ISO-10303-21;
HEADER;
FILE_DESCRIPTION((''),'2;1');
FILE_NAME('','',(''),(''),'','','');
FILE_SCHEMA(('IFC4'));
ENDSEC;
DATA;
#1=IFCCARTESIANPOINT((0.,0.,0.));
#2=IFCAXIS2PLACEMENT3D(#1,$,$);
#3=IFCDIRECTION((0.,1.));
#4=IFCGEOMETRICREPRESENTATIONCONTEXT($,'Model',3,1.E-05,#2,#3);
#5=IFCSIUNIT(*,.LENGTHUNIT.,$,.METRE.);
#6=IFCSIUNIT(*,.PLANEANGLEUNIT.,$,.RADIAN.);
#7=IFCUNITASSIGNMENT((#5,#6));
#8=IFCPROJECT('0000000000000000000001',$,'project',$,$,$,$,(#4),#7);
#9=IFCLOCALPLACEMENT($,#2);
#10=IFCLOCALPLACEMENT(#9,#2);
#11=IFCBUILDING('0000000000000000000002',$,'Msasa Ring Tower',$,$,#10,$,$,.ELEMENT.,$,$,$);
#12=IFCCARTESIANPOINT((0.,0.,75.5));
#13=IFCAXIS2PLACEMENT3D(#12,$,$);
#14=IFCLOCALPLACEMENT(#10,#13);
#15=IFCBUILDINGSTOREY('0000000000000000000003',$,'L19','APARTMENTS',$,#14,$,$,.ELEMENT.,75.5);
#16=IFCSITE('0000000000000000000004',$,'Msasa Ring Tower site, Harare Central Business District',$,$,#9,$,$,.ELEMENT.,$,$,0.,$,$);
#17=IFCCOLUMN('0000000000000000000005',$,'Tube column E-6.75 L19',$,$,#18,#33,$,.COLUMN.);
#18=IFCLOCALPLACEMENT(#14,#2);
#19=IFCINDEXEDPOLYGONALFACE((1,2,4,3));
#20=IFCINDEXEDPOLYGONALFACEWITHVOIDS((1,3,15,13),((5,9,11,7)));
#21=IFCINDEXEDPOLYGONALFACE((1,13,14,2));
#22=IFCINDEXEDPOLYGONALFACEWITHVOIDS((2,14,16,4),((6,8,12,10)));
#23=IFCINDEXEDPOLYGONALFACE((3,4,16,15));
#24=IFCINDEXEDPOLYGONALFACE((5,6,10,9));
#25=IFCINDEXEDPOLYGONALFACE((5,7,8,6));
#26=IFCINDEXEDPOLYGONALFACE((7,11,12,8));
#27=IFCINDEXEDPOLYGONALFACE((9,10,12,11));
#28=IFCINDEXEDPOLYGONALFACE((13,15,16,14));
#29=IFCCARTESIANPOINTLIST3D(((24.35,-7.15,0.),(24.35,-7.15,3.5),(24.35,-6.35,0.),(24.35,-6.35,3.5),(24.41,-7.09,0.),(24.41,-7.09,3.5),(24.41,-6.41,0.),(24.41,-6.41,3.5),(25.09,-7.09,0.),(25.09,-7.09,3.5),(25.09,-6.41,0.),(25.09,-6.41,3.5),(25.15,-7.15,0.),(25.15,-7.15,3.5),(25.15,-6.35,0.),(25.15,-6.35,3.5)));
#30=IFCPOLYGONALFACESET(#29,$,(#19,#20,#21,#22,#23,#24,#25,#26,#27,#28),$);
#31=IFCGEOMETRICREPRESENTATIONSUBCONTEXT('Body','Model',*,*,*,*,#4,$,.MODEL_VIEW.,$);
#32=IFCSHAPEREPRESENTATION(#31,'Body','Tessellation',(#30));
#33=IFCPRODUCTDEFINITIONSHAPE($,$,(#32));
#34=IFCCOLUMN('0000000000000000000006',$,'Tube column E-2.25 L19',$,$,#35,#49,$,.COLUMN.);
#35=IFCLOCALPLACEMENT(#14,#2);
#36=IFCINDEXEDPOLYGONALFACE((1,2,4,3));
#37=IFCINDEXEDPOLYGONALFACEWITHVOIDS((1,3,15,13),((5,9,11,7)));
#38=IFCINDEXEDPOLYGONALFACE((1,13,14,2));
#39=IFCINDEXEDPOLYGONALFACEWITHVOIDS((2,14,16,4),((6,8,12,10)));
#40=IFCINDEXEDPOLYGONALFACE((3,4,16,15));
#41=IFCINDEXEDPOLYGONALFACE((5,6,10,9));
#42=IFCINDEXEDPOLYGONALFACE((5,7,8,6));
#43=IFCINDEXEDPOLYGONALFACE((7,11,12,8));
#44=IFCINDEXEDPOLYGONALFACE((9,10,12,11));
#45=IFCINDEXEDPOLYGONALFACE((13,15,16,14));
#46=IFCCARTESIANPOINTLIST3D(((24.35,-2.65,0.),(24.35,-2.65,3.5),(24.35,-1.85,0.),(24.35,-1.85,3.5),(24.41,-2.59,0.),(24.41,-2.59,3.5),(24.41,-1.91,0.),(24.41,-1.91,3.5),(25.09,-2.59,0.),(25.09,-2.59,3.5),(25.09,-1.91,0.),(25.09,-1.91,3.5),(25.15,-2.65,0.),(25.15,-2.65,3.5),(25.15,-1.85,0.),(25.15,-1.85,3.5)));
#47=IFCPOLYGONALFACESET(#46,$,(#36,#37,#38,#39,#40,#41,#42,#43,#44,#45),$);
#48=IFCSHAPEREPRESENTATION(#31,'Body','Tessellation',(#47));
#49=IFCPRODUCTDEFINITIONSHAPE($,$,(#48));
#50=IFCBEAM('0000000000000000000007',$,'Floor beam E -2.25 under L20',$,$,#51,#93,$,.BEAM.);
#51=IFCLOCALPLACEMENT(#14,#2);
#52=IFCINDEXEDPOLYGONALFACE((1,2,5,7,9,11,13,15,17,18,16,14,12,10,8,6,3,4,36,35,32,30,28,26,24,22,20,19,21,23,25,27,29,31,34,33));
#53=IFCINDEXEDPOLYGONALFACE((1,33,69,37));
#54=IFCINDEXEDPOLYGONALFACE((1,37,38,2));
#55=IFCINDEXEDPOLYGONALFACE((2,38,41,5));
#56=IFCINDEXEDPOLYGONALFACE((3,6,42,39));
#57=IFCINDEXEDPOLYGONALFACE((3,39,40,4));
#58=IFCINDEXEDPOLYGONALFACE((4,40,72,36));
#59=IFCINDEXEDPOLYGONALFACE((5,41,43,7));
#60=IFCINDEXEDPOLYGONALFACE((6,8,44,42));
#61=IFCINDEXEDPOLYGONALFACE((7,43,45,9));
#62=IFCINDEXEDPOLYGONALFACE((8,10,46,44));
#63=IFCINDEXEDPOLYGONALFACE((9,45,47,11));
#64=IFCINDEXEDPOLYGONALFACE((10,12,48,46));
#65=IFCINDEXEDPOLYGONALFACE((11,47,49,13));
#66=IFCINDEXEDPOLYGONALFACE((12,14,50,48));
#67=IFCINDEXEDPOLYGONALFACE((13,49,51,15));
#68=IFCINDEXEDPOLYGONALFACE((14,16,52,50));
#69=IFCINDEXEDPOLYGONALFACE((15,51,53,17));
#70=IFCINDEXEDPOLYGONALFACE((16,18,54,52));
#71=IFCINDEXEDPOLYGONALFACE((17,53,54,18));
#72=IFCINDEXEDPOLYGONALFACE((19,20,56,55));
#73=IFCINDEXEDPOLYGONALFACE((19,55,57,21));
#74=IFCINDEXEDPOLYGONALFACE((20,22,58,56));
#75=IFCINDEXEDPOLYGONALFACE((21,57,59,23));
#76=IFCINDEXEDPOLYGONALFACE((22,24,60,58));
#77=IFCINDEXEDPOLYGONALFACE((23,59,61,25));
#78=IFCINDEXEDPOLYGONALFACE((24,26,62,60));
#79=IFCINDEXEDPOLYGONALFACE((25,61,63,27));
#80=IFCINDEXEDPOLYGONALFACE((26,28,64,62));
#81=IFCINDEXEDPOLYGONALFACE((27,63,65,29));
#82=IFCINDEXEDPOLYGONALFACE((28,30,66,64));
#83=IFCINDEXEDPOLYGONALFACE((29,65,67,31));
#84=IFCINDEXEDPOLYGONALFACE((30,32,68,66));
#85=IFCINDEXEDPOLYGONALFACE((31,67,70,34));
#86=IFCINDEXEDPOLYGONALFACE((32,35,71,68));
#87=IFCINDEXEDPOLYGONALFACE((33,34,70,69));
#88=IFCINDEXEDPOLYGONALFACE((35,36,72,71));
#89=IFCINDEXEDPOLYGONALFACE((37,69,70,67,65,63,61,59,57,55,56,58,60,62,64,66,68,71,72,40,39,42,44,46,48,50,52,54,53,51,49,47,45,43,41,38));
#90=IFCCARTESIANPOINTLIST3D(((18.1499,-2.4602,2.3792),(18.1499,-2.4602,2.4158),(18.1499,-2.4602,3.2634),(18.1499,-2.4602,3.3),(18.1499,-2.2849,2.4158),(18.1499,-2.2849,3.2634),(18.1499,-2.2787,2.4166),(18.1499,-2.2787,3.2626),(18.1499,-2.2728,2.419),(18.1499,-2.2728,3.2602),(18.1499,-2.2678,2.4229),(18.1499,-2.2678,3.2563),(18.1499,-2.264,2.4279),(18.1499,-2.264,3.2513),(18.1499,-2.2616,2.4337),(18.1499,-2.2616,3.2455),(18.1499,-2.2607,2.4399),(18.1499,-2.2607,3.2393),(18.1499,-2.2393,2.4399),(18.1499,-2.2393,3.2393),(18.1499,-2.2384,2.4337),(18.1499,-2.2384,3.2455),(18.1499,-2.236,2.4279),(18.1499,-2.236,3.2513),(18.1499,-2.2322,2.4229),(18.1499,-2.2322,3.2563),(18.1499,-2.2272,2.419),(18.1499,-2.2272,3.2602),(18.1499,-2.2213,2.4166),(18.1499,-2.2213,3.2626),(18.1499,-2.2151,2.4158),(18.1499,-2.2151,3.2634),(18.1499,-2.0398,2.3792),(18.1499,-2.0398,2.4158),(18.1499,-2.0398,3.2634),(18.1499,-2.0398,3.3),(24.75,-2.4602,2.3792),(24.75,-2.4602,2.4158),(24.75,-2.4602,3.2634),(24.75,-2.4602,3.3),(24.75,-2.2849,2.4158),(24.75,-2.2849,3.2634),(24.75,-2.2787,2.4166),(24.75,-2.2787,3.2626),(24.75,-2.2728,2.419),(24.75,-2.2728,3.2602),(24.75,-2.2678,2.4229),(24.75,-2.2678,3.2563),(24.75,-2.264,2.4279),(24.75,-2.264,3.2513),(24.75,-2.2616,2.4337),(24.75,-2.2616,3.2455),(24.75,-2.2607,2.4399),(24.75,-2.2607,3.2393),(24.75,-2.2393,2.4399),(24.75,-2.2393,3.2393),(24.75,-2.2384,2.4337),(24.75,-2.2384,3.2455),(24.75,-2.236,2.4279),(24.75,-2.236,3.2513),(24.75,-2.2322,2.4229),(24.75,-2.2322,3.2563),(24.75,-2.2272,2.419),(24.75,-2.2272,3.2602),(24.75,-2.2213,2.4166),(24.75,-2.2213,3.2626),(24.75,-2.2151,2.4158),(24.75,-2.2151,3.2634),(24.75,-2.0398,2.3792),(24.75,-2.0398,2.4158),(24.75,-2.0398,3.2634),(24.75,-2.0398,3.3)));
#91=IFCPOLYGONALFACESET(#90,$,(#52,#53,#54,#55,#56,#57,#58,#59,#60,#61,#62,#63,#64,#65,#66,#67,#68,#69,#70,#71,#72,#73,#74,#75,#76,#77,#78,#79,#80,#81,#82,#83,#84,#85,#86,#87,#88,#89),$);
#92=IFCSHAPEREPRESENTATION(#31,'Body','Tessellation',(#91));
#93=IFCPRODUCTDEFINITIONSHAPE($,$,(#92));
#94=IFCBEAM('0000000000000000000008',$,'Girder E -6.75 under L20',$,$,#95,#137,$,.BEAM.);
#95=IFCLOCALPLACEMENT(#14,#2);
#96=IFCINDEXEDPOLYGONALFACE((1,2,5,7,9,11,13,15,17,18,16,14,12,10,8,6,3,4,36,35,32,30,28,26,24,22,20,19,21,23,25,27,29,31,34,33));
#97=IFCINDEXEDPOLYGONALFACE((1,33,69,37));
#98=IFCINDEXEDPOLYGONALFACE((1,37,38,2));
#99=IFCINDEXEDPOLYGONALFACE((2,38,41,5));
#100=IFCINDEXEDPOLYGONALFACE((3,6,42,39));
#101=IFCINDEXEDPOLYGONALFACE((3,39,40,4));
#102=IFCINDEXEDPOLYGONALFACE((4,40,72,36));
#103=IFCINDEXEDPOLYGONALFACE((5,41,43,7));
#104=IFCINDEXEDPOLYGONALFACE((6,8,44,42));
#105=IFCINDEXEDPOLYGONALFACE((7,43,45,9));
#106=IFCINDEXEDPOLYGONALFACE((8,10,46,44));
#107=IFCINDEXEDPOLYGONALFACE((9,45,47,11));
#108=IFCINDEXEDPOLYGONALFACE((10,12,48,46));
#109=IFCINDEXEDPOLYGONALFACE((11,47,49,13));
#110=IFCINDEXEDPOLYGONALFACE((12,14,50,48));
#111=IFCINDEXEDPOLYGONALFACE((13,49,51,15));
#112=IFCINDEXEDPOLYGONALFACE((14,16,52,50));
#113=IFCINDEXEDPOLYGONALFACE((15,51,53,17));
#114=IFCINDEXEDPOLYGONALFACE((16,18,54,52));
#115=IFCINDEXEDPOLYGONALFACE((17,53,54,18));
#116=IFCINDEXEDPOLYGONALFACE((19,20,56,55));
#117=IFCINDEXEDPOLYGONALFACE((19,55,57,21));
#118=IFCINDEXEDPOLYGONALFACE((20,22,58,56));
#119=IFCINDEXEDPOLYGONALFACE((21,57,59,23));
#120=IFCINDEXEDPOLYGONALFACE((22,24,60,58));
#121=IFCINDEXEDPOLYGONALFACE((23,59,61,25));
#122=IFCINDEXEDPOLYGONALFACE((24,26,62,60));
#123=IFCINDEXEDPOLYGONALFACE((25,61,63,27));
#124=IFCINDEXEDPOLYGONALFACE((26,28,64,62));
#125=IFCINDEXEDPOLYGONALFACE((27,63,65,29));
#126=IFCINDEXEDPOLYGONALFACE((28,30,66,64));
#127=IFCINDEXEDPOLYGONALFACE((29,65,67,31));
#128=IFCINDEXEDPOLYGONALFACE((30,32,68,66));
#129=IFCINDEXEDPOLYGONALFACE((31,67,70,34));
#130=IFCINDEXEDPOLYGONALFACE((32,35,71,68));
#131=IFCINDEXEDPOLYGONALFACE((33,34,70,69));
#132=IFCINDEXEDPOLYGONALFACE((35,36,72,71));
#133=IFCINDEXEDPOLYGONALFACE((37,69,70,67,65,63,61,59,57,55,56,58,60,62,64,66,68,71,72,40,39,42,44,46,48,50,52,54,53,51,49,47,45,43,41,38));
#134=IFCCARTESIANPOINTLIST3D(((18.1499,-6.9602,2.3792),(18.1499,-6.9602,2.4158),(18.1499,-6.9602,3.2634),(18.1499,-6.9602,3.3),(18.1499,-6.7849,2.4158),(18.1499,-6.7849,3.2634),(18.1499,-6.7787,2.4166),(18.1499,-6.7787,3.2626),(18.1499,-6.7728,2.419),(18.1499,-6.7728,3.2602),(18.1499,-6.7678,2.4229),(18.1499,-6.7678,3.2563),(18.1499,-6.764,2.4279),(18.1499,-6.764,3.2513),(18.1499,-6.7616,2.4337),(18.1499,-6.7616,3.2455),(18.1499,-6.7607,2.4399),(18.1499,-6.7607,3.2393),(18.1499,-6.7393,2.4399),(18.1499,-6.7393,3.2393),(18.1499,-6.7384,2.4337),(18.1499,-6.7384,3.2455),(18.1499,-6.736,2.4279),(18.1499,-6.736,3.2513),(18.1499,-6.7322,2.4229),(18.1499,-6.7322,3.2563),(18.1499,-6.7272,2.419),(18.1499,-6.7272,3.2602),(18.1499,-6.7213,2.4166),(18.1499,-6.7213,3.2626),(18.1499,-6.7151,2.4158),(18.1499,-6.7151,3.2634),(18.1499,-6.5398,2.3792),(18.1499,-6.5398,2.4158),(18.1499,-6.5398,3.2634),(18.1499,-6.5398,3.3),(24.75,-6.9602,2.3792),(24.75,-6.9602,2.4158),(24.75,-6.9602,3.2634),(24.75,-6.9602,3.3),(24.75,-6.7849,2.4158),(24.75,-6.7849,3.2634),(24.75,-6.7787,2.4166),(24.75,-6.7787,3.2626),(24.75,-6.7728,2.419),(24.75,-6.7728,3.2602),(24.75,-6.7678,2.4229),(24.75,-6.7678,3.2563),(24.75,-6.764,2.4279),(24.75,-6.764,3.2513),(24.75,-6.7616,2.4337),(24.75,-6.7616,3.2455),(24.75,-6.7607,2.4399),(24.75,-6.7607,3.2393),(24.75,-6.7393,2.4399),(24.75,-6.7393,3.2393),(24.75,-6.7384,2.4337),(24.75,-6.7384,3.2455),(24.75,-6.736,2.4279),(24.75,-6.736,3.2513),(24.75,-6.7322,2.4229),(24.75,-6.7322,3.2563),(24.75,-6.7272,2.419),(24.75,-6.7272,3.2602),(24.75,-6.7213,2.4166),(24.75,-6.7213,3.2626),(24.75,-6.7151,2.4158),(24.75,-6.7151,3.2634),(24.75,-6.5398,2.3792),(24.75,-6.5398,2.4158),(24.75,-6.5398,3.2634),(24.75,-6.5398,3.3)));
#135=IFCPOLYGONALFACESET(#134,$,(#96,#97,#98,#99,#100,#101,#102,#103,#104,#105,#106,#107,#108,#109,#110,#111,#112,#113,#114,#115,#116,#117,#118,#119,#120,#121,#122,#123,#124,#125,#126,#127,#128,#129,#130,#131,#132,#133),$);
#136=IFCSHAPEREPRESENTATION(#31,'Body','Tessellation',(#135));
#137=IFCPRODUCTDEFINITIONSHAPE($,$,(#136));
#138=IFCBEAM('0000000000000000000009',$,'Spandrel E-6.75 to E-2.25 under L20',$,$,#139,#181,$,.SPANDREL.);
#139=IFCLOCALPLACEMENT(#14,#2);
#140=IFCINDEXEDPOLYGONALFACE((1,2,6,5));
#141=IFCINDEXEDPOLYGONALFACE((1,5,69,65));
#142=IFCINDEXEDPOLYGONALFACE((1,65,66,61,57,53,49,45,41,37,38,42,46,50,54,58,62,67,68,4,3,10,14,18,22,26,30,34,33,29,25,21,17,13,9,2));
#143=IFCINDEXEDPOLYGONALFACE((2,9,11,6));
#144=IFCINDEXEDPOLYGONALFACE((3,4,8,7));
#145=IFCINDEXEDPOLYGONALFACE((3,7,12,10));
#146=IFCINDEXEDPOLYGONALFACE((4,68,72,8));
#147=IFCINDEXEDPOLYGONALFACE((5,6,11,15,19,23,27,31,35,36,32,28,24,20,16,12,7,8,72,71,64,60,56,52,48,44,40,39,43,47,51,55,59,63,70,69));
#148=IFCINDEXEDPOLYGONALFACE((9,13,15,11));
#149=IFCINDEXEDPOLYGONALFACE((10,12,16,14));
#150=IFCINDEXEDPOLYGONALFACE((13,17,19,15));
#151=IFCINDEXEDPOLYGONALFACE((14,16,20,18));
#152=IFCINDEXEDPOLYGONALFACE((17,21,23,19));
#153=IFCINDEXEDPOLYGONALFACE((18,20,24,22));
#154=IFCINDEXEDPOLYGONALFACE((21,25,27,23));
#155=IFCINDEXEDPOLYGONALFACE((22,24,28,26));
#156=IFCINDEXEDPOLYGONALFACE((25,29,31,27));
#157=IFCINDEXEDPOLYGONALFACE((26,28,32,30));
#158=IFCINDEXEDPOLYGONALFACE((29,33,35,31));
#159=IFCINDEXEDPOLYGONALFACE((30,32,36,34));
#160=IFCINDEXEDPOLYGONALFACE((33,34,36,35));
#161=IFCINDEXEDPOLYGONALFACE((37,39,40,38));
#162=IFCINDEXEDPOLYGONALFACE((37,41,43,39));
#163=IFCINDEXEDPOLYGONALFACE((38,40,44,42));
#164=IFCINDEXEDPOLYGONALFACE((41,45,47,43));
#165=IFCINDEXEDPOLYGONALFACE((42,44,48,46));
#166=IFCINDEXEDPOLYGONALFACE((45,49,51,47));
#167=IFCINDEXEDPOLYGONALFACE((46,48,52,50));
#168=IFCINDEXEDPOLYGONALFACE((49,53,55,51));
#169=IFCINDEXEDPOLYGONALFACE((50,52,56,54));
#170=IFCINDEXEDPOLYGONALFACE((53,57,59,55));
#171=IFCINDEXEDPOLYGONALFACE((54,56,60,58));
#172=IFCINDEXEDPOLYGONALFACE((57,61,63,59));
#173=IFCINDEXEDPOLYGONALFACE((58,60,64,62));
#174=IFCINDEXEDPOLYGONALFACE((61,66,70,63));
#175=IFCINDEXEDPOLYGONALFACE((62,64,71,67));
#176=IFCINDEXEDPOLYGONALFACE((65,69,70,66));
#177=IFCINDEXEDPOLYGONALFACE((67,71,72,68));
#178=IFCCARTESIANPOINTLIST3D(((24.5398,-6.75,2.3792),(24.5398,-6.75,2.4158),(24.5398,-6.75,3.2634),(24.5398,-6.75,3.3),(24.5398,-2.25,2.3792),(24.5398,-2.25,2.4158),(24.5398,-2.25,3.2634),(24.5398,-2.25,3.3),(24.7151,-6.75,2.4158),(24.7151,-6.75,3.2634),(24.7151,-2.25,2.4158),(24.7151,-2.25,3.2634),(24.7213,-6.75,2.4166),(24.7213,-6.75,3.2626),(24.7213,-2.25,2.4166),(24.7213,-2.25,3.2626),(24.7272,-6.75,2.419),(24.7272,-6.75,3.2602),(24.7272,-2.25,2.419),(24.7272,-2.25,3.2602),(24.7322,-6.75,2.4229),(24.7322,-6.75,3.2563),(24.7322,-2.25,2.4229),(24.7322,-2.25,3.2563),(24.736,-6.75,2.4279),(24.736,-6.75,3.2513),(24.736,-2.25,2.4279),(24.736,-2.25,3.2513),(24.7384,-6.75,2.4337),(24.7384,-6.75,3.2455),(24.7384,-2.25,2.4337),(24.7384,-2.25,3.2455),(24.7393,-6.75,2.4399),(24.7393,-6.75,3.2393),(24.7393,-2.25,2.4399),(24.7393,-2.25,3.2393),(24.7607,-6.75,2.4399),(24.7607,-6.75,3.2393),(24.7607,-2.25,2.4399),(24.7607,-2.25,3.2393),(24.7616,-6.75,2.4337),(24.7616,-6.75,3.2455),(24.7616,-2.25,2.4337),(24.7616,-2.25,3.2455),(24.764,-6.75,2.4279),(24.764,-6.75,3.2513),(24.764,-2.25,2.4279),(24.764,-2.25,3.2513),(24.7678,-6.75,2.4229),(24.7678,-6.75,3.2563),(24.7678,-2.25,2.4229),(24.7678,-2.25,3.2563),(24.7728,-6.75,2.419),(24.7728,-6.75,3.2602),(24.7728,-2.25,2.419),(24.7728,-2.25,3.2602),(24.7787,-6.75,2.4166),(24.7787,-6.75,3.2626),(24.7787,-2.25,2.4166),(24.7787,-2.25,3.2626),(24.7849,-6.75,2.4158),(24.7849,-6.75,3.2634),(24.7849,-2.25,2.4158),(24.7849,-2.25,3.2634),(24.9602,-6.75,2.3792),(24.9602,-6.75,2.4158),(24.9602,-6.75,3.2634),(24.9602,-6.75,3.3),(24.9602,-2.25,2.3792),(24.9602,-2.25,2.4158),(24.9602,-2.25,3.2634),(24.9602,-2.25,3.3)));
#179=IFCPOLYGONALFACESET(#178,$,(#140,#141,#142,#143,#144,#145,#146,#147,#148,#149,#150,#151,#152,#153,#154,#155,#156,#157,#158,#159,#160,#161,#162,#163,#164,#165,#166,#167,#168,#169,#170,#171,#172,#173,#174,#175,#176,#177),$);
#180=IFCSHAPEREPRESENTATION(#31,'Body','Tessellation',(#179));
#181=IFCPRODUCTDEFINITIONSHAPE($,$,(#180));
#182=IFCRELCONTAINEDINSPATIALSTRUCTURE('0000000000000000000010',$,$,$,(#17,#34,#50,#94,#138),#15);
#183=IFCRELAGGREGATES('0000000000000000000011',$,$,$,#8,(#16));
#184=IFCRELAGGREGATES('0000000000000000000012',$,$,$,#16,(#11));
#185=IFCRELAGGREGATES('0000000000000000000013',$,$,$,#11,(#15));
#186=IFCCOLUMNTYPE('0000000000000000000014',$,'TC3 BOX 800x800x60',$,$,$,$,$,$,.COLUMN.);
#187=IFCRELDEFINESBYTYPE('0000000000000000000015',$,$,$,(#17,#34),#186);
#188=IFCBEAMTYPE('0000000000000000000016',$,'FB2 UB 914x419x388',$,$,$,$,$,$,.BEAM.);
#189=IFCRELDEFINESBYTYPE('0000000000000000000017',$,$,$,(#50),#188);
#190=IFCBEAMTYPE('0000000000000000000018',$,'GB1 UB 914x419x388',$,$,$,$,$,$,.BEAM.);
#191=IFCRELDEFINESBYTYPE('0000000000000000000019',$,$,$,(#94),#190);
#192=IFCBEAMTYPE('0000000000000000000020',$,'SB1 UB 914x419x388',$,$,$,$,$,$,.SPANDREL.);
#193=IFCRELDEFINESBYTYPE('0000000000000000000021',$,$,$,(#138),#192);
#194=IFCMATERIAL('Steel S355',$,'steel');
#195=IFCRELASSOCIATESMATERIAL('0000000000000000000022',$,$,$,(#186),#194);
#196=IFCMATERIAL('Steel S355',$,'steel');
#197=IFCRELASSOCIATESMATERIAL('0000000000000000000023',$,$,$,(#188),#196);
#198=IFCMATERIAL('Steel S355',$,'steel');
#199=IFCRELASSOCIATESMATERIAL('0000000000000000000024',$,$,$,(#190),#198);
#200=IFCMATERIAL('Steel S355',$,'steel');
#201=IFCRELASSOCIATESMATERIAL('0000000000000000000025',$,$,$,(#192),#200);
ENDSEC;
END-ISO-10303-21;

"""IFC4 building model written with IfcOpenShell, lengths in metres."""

from ifc_helpers import new_model, si_unit, direction, frame, origin, origin_2d, place, context, subcontext, project, spatial, hollow_rectangle, i_section, extrude, material, material_profile, profile_set, type_object, element, save


model = new_model("IFC4")

# Units and contexts
model_context = context("Model", 3, precision=1e-05, world=origin(), true_north=direction((0.0, 1.0)))
body_context = subcontext(model_context, "Body", "Model", "MODEL_VIEW")
ifc_project = project(units=[si_unit("LENGTHUNIT", "METRE"), si_unit("PLANEANGLEUNIT", "RADIAN")], contexts=[model_context])

# Site, building, storey
site_placement = place(None, origin())
site = spatial("IfcSite", under=ifc_project, at=site_placement, Name="Msasa Ring Tower site, Harare Central Business District", CompositionType="ELEMENT", RefElevation=0.0)
building_placement = place(site_placement, origin())
building = spatial("IfcBuilding", under=site, at=building_placement, Name="Msasa Ring Tower", CompositionType="ELEMENT")
storey_placement = place(building_placement, frame((0.0, 0.0, 75.5)))
storey = spatial("IfcBuildingStorey", under=building, at=storey_placement, Name="L19", Description="APARTMENTS", CompositionType="ELEMENT", Elevation=75.5)

# Columns
ifc_material_1 = material(Name="Steel S355", Category="steel")
ifc_material_profile_1 = material_profile(ifc_material_1, hollow_rectangle(XDim=0.8, YDim=0.8, WallThickness=0.0601, at=origin_2d()), Name="BOX 800x800x60")
ifc_profile_set_1 = profile_set([ifc_material_profile_1], Name="Steel S355")
column_type = type_object("IfcColumnType", Name="TC3 BOX 800x800x60", PredefinedType="COLUMN", material=ifc_profile_set_1)
for number, where, z_axis, x_axis, name in (
    (1, (24.75, -6.75, 0.0), (0.0, 0.0, 1.0), (1.0, 0.0, 0.0), "Tube column E-6.75 L19"),
    (2, (24.75, -2.25, 0.0), (0.0, 0.0, 1.0), (1.0, 0.0, 0.0), "Tube column E-2.25 L19"),
):
    element("IfcColumn", number, at=place(storey_placement, frame(where, z_axis=z_axis, x_axis=x_axis)), inside=storey, type_object=column_type, Name=name, PredefinedType="COLUMN", context=body_context, shape_type="SweptSolid", body=[
        extrude(hollow_rectangle(XDim=0.8, YDim=0.8, WallThickness=0.0601, at=origin_2d()), origin(), (0.0, 0.0, 1.0), 3.5),
    ])

# Beams
ifc_material_2 = material(Name="Steel S355", Category="steel")
ifc_material_profile_2 = material_profile(ifc_material_2, i_section(OverallWidth=0.4204, OverallDepth=0.9209, WebThickness=0.0215, FlangeThickness=0.0366, FilletRadius=0.0242, at=origin_2d()), Name="UB 914x419x388")
ifc_profile_set_2 = profile_set([ifc_material_profile_2], Name="Steel S355")
beam_type_1 = type_object("IfcBeamType", Name="FB2 UB 914x419x388", PredefinedType="BEAM", material=ifc_profile_set_2)
beam_1_placement = place(storey_placement, frame((24.75, -2.25, 2.8396), z_axis=(-1.0, 0.0, 0.0), x_axis=(0.0, -1.0, 0.0)))
element("IfcBeam", 3, at=beam_1_placement, inside=storey, type_object=beam_type_1, Name="Floor beam E -2.25 under L20", PredefinedType="BEAM", context=body_context, shape_type="SweptSolid", body=[
    extrude(i_section(OverallWidth=0.4204, OverallDepth=0.9209, WebThickness=0.0215, FlangeThickness=0.0366, FilletRadius=0.0242, at=origin_2d()), origin(), (0.0, 0.0, 1.0), 6.6001),
])
ifc_material_3 = material(Name="Steel S355", Category="steel")
ifc_material_profile_3 = material_profile(ifc_material_3, i_section(OverallWidth=0.4204, OverallDepth=0.9209, WebThickness=0.0215, FlangeThickness=0.0366, FilletRadius=0.0242, at=origin_2d()), Name="UB 914x419x388")
ifc_profile_set_3 = profile_set([ifc_material_profile_3], Name="Steel S355")
beam_type_2 = type_object("IfcBeamType", Name="GB1 UB 914x419x388", PredefinedType="BEAM", material=ifc_profile_set_3)
beam_2_placement = place(storey_placement, frame((18.1499, -6.75, 2.8396), z_axis=(1.0, 0.0, 0.0), x_axis=(0.0, 1.0, 0.0)))
element("IfcBeam", 4, at=beam_2_placement, inside=storey, type_object=beam_type_2, Name="Girder E -6.75 under L20", PredefinedType="BEAM", context=body_context, shape_type="SweptSolid", body=[
    extrude(i_section(OverallWidth=0.4204, OverallDepth=0.9209, WebThickness=0.0215, FlangeThickness=0.0366, FilletRadius=0.0242, at=origin_2d()), origin(), (0.0, 0.0, 1.0), 6.6001),
])
ifc_material_4 = material(Name="Steel S355", Category="steel")
ifc_material_profile_4 = material_profile(ifc_material_4, i_section(OverallWidth=0.4204, OverallDepth=0.9209, WebThickness=0.0215, FlangeThickness=0.0366, FilletRadius=0.0242, at=origin_2d()), Name="UB 914x419x388")
ifc_profile_set_4 = profile_set([ifc_material_profile_4], Name="Steel S355")
beam_type_3 = type_object("IfcBeamType", Name="SB1 UB 914x419x388", PredefinedType="SPANDREL", material=ifc_profile_set_4)
for number, where, z_axis, x_axis, name in (
    (5, (24.75, -6.75, 2.8396), (0.0, 1.0, 0.0), (-1.0, 0.0, 0.0), "Spandrel E-6.75 to E-2.25 under L20"),
):
    element("IfcBeam", number, at=place(storey_placement, frame(where, z_axis=z_axis, x_axis=x_axis)), inside=storey, type_object=beam_type_3, Name=name, PredefinedType="SPANDREL", context=body_context, shape_type="SweptSolid", body=[
        extrude(i_section(OverallWidth=0.4204, OverallDepth=0.9209, WebThickness=0.0215, FlangeThickness=0.0366, FilletRadius=0.0242, at=origin_2d()), origin(), (0.0, 0.0, 1.0), 4.5),
    ])

save(model, "model.ifc")
